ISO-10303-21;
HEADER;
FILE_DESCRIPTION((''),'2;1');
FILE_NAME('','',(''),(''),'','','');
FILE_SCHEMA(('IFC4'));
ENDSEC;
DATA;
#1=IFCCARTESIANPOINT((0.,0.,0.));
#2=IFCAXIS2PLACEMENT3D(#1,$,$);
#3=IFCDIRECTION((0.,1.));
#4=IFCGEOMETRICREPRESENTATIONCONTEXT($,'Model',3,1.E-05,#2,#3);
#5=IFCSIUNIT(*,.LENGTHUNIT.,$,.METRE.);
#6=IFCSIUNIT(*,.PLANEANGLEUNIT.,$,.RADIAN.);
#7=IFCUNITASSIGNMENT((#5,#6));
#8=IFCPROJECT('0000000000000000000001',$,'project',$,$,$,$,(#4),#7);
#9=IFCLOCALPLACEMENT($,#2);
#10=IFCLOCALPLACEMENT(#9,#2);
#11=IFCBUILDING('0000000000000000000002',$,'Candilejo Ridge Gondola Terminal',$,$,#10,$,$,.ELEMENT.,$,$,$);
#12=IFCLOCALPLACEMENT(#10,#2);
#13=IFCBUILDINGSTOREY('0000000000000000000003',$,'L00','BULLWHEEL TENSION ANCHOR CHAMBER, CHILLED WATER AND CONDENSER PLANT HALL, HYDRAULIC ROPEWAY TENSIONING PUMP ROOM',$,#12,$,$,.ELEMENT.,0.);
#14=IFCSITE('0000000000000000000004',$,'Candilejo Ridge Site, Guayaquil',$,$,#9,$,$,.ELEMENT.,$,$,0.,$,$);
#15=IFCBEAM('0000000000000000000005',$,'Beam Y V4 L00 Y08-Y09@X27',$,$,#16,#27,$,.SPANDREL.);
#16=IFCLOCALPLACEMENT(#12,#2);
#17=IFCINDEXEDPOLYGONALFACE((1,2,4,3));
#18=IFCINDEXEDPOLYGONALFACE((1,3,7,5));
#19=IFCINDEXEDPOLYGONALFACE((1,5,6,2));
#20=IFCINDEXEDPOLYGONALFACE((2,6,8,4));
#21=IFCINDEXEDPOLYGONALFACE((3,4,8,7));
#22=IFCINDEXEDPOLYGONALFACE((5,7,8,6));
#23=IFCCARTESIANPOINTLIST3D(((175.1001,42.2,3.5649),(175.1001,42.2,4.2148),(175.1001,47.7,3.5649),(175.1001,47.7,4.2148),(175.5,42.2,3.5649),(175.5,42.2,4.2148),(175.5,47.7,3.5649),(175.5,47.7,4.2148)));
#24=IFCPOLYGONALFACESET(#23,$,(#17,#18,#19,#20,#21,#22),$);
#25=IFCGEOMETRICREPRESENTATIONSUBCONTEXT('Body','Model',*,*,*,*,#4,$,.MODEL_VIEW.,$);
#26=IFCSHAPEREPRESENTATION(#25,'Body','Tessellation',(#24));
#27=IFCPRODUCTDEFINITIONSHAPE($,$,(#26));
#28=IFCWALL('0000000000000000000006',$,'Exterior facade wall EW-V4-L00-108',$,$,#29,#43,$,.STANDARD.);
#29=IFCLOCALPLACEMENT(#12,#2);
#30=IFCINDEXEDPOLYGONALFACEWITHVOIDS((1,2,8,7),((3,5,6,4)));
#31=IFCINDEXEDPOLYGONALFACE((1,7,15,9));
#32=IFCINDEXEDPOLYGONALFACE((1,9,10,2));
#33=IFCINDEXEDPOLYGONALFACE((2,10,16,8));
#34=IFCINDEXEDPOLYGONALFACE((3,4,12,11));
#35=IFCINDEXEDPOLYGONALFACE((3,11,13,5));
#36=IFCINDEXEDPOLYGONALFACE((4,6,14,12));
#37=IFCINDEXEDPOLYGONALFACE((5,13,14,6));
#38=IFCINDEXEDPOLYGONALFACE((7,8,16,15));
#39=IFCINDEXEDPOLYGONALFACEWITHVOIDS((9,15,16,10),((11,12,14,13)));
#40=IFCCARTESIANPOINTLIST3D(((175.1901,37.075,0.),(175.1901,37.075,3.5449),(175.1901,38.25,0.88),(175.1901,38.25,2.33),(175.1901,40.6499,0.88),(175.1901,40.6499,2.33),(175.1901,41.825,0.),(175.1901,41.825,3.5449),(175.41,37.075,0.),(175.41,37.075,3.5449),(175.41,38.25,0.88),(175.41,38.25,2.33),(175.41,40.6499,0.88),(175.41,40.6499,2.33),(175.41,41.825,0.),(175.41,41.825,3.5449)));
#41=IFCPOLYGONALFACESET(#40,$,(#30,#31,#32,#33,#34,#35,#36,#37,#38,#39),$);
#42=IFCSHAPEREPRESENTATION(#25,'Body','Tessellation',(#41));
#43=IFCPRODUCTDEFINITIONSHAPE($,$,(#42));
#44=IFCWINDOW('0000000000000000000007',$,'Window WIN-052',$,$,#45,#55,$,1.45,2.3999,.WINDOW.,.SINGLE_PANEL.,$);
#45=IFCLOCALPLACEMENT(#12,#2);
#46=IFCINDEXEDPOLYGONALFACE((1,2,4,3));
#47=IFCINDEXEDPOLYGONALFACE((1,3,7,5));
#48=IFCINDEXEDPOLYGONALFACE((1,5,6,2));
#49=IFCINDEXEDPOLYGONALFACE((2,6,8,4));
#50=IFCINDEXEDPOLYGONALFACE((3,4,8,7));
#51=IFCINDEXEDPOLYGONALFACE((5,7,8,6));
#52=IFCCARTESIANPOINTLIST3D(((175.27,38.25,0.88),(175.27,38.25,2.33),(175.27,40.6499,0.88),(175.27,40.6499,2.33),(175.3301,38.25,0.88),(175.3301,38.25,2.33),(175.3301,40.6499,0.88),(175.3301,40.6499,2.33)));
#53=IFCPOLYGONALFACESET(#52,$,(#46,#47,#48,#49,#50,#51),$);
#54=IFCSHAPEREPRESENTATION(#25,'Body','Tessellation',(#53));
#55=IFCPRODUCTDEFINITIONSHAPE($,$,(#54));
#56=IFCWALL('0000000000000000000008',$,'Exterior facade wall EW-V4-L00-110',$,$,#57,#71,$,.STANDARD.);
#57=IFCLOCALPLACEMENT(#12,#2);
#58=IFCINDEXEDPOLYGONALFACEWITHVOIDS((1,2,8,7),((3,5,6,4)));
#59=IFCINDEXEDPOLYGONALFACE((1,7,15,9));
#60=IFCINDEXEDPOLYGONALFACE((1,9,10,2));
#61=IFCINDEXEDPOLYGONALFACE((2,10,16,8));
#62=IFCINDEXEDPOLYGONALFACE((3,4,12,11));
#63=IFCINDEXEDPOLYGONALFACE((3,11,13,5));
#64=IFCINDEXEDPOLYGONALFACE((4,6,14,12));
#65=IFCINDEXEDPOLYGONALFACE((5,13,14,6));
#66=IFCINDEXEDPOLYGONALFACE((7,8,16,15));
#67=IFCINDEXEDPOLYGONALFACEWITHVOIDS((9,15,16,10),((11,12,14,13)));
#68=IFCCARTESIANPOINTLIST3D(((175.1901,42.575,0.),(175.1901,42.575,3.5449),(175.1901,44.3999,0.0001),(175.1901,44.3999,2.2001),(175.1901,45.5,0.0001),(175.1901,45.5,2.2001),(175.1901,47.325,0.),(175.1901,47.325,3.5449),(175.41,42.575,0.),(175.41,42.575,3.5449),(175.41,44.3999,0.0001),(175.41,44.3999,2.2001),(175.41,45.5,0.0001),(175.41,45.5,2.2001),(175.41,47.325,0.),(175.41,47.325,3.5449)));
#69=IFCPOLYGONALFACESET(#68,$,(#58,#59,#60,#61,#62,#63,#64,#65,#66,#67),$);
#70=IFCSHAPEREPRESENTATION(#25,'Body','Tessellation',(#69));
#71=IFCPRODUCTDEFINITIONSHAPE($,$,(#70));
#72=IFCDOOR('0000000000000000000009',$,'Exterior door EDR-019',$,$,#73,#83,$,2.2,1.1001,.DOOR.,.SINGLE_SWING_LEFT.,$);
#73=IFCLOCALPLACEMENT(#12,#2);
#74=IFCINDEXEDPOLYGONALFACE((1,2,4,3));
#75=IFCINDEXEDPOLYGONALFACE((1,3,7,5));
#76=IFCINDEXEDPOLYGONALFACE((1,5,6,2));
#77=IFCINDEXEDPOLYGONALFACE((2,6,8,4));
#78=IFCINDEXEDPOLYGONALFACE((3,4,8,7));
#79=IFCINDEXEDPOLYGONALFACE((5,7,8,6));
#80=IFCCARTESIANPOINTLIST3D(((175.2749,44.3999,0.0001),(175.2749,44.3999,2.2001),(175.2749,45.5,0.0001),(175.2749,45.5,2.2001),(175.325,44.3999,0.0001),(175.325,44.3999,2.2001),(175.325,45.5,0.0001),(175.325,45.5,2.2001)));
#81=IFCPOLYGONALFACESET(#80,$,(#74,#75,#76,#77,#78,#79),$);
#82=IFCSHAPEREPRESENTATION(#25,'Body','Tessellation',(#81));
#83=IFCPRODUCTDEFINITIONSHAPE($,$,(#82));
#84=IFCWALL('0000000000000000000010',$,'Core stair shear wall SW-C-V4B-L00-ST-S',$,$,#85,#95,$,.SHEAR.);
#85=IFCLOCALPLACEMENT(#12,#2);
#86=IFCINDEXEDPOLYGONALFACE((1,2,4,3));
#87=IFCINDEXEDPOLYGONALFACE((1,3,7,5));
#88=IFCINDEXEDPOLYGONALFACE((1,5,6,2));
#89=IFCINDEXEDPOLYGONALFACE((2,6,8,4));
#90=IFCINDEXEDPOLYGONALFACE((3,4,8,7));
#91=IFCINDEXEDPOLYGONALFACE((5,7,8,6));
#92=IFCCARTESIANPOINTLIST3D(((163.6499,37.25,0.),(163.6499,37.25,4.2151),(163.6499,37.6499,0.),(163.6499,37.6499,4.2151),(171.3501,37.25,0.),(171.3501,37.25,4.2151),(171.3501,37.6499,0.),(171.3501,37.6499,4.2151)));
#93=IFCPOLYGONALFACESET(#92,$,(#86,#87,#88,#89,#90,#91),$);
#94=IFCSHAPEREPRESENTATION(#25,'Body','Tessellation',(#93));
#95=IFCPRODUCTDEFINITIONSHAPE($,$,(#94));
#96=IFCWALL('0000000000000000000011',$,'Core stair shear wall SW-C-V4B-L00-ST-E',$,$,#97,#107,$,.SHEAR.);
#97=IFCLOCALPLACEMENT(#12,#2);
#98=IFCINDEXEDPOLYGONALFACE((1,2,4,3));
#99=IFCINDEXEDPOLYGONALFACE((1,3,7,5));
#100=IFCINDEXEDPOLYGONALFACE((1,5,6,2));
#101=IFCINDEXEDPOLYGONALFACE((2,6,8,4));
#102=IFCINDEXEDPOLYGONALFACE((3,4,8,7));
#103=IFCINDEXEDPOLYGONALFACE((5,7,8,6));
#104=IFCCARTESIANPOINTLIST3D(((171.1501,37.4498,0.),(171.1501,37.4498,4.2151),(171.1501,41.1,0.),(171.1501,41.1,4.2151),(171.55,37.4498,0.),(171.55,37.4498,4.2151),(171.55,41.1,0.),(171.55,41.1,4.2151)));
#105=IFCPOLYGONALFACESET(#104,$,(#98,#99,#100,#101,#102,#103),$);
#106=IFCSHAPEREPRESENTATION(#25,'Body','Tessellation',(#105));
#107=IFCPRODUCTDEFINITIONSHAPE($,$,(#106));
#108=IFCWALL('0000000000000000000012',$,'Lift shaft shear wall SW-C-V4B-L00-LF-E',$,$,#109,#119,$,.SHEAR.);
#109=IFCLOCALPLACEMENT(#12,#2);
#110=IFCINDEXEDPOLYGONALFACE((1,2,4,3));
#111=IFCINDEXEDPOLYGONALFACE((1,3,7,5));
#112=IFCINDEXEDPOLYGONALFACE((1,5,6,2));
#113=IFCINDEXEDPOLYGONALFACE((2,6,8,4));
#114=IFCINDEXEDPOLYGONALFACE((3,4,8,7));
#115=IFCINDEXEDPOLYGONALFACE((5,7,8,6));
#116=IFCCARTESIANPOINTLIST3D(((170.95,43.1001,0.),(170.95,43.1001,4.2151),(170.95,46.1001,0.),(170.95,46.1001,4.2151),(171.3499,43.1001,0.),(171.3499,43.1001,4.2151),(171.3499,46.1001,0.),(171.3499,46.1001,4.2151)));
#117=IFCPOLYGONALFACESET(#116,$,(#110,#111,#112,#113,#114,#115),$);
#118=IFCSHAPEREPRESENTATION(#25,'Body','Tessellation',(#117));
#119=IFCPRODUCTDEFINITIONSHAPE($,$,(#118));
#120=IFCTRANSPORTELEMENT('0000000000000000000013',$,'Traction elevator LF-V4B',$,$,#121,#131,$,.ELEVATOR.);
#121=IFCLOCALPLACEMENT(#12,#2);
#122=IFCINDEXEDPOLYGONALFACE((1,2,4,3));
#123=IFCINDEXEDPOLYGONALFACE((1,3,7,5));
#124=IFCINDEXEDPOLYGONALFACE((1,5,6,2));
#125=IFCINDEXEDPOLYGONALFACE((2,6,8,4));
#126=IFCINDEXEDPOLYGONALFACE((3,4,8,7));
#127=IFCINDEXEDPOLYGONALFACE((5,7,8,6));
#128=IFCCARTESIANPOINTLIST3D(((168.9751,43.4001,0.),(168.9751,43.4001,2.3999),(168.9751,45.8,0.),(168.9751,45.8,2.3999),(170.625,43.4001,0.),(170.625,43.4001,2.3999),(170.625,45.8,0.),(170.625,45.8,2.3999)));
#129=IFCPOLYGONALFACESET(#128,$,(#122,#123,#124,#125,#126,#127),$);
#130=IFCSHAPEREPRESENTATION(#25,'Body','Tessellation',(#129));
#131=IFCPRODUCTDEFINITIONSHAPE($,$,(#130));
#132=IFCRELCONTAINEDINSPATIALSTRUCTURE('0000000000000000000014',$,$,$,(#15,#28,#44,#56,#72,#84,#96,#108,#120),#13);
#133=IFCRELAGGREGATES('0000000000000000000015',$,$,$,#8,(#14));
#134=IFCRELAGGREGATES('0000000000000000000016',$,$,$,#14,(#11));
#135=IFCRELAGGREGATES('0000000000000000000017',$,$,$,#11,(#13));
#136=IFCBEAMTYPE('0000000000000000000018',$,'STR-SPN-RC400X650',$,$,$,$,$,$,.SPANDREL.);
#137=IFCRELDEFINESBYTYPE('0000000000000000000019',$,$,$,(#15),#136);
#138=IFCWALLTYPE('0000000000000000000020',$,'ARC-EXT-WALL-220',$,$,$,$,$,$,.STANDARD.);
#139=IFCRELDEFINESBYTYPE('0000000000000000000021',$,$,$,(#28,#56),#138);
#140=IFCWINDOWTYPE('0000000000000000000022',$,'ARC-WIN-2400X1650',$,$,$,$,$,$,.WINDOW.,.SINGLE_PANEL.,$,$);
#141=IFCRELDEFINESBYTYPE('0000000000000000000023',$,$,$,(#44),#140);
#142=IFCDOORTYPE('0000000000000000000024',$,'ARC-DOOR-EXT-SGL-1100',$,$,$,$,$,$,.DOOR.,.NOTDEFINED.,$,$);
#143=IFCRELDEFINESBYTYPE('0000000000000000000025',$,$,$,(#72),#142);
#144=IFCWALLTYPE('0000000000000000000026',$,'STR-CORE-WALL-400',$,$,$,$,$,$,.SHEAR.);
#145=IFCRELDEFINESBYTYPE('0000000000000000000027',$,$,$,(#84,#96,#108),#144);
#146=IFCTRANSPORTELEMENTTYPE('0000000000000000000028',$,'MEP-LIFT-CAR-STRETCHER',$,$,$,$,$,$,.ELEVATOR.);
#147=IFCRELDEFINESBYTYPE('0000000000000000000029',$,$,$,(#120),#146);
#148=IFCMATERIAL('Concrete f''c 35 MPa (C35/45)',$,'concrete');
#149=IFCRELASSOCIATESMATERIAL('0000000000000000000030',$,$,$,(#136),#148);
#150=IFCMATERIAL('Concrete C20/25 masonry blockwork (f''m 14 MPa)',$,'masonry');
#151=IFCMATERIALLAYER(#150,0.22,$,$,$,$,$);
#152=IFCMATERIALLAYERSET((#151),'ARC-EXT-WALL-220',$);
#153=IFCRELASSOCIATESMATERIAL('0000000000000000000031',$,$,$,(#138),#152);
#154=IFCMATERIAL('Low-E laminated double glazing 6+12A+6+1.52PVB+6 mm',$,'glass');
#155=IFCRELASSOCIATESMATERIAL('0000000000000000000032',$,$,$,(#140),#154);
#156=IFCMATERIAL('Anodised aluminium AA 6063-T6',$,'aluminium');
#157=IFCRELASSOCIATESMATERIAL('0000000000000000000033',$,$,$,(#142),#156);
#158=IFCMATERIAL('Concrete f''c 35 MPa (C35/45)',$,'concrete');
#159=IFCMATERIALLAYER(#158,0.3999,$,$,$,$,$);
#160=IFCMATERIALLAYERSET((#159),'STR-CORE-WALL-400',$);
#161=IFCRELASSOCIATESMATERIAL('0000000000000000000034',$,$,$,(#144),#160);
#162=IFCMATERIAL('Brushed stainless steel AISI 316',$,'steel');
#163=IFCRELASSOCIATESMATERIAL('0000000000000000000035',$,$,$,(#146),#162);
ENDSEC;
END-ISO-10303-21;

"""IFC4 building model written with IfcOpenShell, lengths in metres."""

from ifc_helpers import new_model, si_unit, direction, frame, frame_2d, origin, origin_2d, place, context, subcontext, project, spatial, rectangle, extrude, material, layer, layer_set, material_profile, profile_set, type_object, element, fill, save


model = new_model("IFC4")

# Units and contexts
model_context = context("Model", 3, precision=1e-05, world=origin(), true_north=direction((0.0, 1.0)))
body_context = subcontext(model_context, "Body", "Model", "MODEL_VIEW")
ifc_project = project(units=[si_unit("LENGTHUNIT", "METRE"), si_unit("PLANEANGLEUNIT", "RADIAN")], contexts=[model_context])

# Site, building, storey
site_placement = place(None, origin())
site = spatial("IfcSite", under=ifc_project, at=site_placement, Name="Candilejo Ridge Site, Guayaquil", CompositionType="ELEMENT", RefElevation=0.0)
building_placement = place(site_placement, origin())
building = spatial("IfcBuilding", under=site, at=building_placement, Name="Candilejo Ridge Gondola Terminal", CompositionType="ELEMENT")
storey_placement = place(building_placement, origin())
storey = spatial("IfcBuildingStorey", under=building, at=storey_placement, Name="L00", Description="BULLWHEEL TENSION ANCHOR CHAMBER, CHILLED WATER AND CONDENSER PLANT HALL, HYDRAULIC ROPEWAY TENSIONING PUMP ROOM", CompositionType="ELEMENT", Elevation=0.0)

# Beam
ifc_material_1 = material(Name="Concrete f'c 35 MPa (C35/45)", Category="concrete")
ifc_material_profile_1 = material_profile(ifc_material_1, rectangle(XDim=0.3999, YDim=0.6499, at=origin_2d()))
ifc_profile_set_1 = profile_set([ifc_material_profile_1], Name="Concrete f'c 35 MPa (C35/45)")
beam_type_1 = type_object("IfcBeamType", Name="STR-SPN-RC400X650", PredefinedType="SPANDREL", material=ifc_profile_set_1)
for number, where, z_axis, x_axis, name in (
    (1, (175.3, 42.2, 3.8899), (0.0, 1.0, 0.0), (-1.0, 0.0, 0.0), "Beam Y V4 L00 Y08-Y09@X27"),
):
    element("IfcBeam", number, at=place(storey_placement, frame(where, z_axis=z_axis, x_axis=x_axis)), inside=storey, type_object=beam_type_1, Name=name, PredefinedType="SPANDREL", context=body_context, shape_type="SweptSolid", body=[
        extrude(rectangle(XDim=0.3999, YDim=0.6499, at=origin_2d()), origin(), (0.0, 0.0, 1.0), 5.5),
    ])

# Wall, opening, window
ifc_material_2 = material(Name="Concrete C20/25 masonry blockwork (f'm 14 MPa)", Category="masonry")
ifc_layer_1 = layer(ifc_material_2, 0.22)
ifc_layer_set_1 = layer_set([ifc_layer_1], Name="ARC-EXT-WALL-220")
wall_type_1 = type_object("IfcWallType", Name="ARC-EXT-WALL-220", PredefinedType="STANDARD", material=ifc_layer_set_1)
wall_1_placement = place(storey_placement, frame((175.3, 41.825, 0.0), z_axis=(0.0, 0.0, 1.0), x_axis=(0.0, -1.0, 0.0)))
wall_1 = element("IfcWall", 2, at=wall_1_placement, inside=storey, type_object=wall_type_1, Name="Exterior facade wall EW-V4-L00-108", PredefinedType="STANDARD", context=body_context, shape_type="SweptSolid", body=[
    extrude(rectangle(XDim=4.75, YDim=0.22, at=frame_2d((2.375, 0.0))), origin(), (0.0, 0.0, 1.0), 3.5449),
])
opening_1_placement = place(wall_1_placement, frame((1.175, 0.0, 0.8799)))
opening_1 = element("IfcOpeningElement", 3, at=opening_1_placement, cuts=wall_1, PredefinedType="OPENING", context=body_context, shape_type="SweptSolid", body=[
    extrude(rectangle(XDim=2.3999, YDim=1.45, at=frame_2d((1.2, 0.7251))), frame((0.0, 0.1199, 0.0), z_axis=(0.0, -1.0, 0.0), x_axis=(1.0, 0.0, 0.0)), (0.0, 0.0, 1.0), 0.24),
])
ifc_material_3 = material(Name="Low-E laminated double glazing 6+12A+6+1.52PVB+6 mm", Category="glass")
window_type = type_object("IfcWindowType", Name="ARC-WIN-2400X1650", PartitioningType="SINGLE_PANEL", PredefinedType="WINDOW", material=ifc_material_3)
window_placement = place(opening_1_placement, origin())
window = element("IfcWindow", 4, at=window_placement, inside=storey, type_object=window_type, Name="Window WIN-052", OverallHeight=1.45, OverallWidth=2.3999, PartitioningType="SINGLE_PANEL", PredefinedType="WINDOW", context=body_context, shape_type="SweptSolid", body=[
    extrude(rectangle(XDim=2.3999, YDim=1.45, at=frame_2d((1.2, 0.7251))), frame((0.0, 0.03, 0.0), z_axis=(0.0, -1.0, 0.0), x_axis=(1.0, 0.0, 0.0)), (0.0, 0.0, 1.0), 0.0601),
])
fill(opening_1, window)

# Wall, opening, door
wall_2_placement = place(storey_placement, frame((175.3, 47.325, 0.0), z_axis=(0.0, 0.0, 1.0), x_axis=(0.0, -1.0, 0.0)))
wall_2 = element("IfcWall", 5, at=wall_2_placement, inside=storey, type_object=wall_type_1, Name="Exterior facade wall EW-V4-L00-110", PredefinedType="STANDARD", context=body_context, shape_type="SweptSolid", body=[
    extrude(rectangle(XDim=4.75, YDim=0.22, at=frame_2d((2.375, 0.0))), origin(), (0.0, 0.0, 1.0), 3.5449),
])
opening_2_placement = place(wall_2_placement, frame((1.825, 0.0, 0.0)))
opening_2 = element("IfcOpeningElement", 6, at=opening_2_placement, cuts=wall_2, PredefinedType="OPENING", context=body_context, shape_type="SweptSolid", body=[
    extrude(rectangle(XDim=1.1001, YDim=2.2, at=frame_2d((0.55, 1.1001))), frame((0.0, 0.1199, 0.0), z_axis=(0.0, -1.0, 0.0), x_axis=(1.0, 0.0, 0.0)), (0.0, 0.0, 1.0), 0.24),
])
ifc_material_4 = material(Name="Anodised aluminium AA 6063-T6", Category="aluminium")
door_type = type_object("IfcDoorType", Name="ARC-DOOR-EXT-SGL-1100", OperationType="NOTDEFINED", PredefinedType="DOOR", material=ifc_material_4)
door_placement = place(opening_2_placement, origin())
door = element("IfcDoor", 7, at=door_placement, inside=storey, type_object=door_type, Name="Exterior door EDR-019", OperationType="SINGLE_SWING_LEFT", OverallHeight=2.2, OverallWidth=1.1001, PredefinedType="DOOR", context=body_context, shape_type="SweptSolid", body=[
    extrude(rectangle(XDim=1.1001, YDim=2.2, at=frame_2d((0.55, 1.1001))), frame((0.0, 0.0249, 0.0), z_axis=(0.0, -1.0, 0.0), x_axis=(1.0, 0.0, 0.0)), (0.0, 0.0, 1.0), 0.05),
])
fill(opening_2, door)

# Walls
ifc_material_5 = material(Name="Concrete f'c 35 MPa (C35/45)", Category="concrete")
ifc_layer_2 = layer(ifc_material_5, 0.3999)
ifc_layer_set_2 = layer_set([ifc_layer_2], Name="STR-CORE-WALL-400")
wall_type_2 = type_object("IfcWallType", Name="STR-CORE-WALL-400", PredefinedType="SHEAR", material=ifc_layer_set_2)
wall_3_placement = place(storey_placement, frame((171.3501, 37.45, 0.0), z_axis=(0.0, 0.0, 1.0), x_axis=(-1.0, 0.0, 0.0)))
element("IfcWall", 8, at=wall_3_placement, inside=storey, type_object=wall_type_2, Name="Core stair shear wall SW-C-V4B-L00-ST-S", PredefinedType="SHEAR", context=body_context, shape_type="SweptSolid", body=[
    extrude(rectangle(XDim=7.7002, YDim=0.3999, at=frame_2d((3.8501, 0.0))), origin(), (0.0, 0.0, 1.0), 4.2151),
])
wall_4_placement = place(storey_placement, frame((171.3501, 41.1001, 0.0), z_axis=(0.0, 0.0, 1.0), x_axis=(0.0, -1.0, 0.0)))
element("IfcWall", 9, at=wall_4_placement, inside=storey, type_object=wall_type_2, Name="Core stair shear wall SW-C-V4B-L00-ST-E", PredefinedType="SHEAR", context=body_context, shape_type="SweptSolid", body=[
    extrude(rectangle(XDim=3.6501, YDim=0.3999, at=frame_2d((1.8252, 0.0))), origin(), (0.0, 0.0, 1.0), 4.2151),
])
wall_5_placement = place(storey_placement, frame((171.1499, 43.1001, 0.0), z_axis=(0.0, 0.0, 1.0), x_axis=(0.0, 1.0, 0.0)))
element("IfcWall", 10, at=wall_5_placement, inside=storey, type_object=wall_type_2, Name="Lift shaft shear wall SW-C-V4B-L00-LF-E", PredefinedType="SHEAR", context=body_context, shape_type="SweptSolid", body=[
    extrude(rectangle(XDim=3.0, YDim=0.3999, at=frame_2d((1.5, 0.0))), origin(), (0.0, 0.0, 1.0), 4.2151),
])

# Transport element
ifc_material_6 = material(Name="Brushed stainless steel AISI 316", Category="steel")
transport_element_type = type_object("IfcTransportElementType", Name="MEP-LIFT-CAR-STRETCHER", PredefinedType="ELEVATOR", material=ifc_material_6)
transport_element_placement = place(storey_placement, frame((169.8, 44.6001, 0.0), z_axis=(0.0, 0.0, 1.0), x_axis=(1.0, 0.0, 0.0)))
element("IfcTransportElement", 11, at=transport_element_placement, inside=storey, type_object=transport_element_type, Name="Traction elevator LF-V4B", PredefinedType="ELEVATOR", context=body_context, shape_type="SweptSolid", body=[
    extrude(rectangle(XDim=1.6499, YDim=2.3999, at=origin_2d()), origin(), (0.0, 0.0, 1.0), 2.3999),
])

save(model, "model.ifc")
